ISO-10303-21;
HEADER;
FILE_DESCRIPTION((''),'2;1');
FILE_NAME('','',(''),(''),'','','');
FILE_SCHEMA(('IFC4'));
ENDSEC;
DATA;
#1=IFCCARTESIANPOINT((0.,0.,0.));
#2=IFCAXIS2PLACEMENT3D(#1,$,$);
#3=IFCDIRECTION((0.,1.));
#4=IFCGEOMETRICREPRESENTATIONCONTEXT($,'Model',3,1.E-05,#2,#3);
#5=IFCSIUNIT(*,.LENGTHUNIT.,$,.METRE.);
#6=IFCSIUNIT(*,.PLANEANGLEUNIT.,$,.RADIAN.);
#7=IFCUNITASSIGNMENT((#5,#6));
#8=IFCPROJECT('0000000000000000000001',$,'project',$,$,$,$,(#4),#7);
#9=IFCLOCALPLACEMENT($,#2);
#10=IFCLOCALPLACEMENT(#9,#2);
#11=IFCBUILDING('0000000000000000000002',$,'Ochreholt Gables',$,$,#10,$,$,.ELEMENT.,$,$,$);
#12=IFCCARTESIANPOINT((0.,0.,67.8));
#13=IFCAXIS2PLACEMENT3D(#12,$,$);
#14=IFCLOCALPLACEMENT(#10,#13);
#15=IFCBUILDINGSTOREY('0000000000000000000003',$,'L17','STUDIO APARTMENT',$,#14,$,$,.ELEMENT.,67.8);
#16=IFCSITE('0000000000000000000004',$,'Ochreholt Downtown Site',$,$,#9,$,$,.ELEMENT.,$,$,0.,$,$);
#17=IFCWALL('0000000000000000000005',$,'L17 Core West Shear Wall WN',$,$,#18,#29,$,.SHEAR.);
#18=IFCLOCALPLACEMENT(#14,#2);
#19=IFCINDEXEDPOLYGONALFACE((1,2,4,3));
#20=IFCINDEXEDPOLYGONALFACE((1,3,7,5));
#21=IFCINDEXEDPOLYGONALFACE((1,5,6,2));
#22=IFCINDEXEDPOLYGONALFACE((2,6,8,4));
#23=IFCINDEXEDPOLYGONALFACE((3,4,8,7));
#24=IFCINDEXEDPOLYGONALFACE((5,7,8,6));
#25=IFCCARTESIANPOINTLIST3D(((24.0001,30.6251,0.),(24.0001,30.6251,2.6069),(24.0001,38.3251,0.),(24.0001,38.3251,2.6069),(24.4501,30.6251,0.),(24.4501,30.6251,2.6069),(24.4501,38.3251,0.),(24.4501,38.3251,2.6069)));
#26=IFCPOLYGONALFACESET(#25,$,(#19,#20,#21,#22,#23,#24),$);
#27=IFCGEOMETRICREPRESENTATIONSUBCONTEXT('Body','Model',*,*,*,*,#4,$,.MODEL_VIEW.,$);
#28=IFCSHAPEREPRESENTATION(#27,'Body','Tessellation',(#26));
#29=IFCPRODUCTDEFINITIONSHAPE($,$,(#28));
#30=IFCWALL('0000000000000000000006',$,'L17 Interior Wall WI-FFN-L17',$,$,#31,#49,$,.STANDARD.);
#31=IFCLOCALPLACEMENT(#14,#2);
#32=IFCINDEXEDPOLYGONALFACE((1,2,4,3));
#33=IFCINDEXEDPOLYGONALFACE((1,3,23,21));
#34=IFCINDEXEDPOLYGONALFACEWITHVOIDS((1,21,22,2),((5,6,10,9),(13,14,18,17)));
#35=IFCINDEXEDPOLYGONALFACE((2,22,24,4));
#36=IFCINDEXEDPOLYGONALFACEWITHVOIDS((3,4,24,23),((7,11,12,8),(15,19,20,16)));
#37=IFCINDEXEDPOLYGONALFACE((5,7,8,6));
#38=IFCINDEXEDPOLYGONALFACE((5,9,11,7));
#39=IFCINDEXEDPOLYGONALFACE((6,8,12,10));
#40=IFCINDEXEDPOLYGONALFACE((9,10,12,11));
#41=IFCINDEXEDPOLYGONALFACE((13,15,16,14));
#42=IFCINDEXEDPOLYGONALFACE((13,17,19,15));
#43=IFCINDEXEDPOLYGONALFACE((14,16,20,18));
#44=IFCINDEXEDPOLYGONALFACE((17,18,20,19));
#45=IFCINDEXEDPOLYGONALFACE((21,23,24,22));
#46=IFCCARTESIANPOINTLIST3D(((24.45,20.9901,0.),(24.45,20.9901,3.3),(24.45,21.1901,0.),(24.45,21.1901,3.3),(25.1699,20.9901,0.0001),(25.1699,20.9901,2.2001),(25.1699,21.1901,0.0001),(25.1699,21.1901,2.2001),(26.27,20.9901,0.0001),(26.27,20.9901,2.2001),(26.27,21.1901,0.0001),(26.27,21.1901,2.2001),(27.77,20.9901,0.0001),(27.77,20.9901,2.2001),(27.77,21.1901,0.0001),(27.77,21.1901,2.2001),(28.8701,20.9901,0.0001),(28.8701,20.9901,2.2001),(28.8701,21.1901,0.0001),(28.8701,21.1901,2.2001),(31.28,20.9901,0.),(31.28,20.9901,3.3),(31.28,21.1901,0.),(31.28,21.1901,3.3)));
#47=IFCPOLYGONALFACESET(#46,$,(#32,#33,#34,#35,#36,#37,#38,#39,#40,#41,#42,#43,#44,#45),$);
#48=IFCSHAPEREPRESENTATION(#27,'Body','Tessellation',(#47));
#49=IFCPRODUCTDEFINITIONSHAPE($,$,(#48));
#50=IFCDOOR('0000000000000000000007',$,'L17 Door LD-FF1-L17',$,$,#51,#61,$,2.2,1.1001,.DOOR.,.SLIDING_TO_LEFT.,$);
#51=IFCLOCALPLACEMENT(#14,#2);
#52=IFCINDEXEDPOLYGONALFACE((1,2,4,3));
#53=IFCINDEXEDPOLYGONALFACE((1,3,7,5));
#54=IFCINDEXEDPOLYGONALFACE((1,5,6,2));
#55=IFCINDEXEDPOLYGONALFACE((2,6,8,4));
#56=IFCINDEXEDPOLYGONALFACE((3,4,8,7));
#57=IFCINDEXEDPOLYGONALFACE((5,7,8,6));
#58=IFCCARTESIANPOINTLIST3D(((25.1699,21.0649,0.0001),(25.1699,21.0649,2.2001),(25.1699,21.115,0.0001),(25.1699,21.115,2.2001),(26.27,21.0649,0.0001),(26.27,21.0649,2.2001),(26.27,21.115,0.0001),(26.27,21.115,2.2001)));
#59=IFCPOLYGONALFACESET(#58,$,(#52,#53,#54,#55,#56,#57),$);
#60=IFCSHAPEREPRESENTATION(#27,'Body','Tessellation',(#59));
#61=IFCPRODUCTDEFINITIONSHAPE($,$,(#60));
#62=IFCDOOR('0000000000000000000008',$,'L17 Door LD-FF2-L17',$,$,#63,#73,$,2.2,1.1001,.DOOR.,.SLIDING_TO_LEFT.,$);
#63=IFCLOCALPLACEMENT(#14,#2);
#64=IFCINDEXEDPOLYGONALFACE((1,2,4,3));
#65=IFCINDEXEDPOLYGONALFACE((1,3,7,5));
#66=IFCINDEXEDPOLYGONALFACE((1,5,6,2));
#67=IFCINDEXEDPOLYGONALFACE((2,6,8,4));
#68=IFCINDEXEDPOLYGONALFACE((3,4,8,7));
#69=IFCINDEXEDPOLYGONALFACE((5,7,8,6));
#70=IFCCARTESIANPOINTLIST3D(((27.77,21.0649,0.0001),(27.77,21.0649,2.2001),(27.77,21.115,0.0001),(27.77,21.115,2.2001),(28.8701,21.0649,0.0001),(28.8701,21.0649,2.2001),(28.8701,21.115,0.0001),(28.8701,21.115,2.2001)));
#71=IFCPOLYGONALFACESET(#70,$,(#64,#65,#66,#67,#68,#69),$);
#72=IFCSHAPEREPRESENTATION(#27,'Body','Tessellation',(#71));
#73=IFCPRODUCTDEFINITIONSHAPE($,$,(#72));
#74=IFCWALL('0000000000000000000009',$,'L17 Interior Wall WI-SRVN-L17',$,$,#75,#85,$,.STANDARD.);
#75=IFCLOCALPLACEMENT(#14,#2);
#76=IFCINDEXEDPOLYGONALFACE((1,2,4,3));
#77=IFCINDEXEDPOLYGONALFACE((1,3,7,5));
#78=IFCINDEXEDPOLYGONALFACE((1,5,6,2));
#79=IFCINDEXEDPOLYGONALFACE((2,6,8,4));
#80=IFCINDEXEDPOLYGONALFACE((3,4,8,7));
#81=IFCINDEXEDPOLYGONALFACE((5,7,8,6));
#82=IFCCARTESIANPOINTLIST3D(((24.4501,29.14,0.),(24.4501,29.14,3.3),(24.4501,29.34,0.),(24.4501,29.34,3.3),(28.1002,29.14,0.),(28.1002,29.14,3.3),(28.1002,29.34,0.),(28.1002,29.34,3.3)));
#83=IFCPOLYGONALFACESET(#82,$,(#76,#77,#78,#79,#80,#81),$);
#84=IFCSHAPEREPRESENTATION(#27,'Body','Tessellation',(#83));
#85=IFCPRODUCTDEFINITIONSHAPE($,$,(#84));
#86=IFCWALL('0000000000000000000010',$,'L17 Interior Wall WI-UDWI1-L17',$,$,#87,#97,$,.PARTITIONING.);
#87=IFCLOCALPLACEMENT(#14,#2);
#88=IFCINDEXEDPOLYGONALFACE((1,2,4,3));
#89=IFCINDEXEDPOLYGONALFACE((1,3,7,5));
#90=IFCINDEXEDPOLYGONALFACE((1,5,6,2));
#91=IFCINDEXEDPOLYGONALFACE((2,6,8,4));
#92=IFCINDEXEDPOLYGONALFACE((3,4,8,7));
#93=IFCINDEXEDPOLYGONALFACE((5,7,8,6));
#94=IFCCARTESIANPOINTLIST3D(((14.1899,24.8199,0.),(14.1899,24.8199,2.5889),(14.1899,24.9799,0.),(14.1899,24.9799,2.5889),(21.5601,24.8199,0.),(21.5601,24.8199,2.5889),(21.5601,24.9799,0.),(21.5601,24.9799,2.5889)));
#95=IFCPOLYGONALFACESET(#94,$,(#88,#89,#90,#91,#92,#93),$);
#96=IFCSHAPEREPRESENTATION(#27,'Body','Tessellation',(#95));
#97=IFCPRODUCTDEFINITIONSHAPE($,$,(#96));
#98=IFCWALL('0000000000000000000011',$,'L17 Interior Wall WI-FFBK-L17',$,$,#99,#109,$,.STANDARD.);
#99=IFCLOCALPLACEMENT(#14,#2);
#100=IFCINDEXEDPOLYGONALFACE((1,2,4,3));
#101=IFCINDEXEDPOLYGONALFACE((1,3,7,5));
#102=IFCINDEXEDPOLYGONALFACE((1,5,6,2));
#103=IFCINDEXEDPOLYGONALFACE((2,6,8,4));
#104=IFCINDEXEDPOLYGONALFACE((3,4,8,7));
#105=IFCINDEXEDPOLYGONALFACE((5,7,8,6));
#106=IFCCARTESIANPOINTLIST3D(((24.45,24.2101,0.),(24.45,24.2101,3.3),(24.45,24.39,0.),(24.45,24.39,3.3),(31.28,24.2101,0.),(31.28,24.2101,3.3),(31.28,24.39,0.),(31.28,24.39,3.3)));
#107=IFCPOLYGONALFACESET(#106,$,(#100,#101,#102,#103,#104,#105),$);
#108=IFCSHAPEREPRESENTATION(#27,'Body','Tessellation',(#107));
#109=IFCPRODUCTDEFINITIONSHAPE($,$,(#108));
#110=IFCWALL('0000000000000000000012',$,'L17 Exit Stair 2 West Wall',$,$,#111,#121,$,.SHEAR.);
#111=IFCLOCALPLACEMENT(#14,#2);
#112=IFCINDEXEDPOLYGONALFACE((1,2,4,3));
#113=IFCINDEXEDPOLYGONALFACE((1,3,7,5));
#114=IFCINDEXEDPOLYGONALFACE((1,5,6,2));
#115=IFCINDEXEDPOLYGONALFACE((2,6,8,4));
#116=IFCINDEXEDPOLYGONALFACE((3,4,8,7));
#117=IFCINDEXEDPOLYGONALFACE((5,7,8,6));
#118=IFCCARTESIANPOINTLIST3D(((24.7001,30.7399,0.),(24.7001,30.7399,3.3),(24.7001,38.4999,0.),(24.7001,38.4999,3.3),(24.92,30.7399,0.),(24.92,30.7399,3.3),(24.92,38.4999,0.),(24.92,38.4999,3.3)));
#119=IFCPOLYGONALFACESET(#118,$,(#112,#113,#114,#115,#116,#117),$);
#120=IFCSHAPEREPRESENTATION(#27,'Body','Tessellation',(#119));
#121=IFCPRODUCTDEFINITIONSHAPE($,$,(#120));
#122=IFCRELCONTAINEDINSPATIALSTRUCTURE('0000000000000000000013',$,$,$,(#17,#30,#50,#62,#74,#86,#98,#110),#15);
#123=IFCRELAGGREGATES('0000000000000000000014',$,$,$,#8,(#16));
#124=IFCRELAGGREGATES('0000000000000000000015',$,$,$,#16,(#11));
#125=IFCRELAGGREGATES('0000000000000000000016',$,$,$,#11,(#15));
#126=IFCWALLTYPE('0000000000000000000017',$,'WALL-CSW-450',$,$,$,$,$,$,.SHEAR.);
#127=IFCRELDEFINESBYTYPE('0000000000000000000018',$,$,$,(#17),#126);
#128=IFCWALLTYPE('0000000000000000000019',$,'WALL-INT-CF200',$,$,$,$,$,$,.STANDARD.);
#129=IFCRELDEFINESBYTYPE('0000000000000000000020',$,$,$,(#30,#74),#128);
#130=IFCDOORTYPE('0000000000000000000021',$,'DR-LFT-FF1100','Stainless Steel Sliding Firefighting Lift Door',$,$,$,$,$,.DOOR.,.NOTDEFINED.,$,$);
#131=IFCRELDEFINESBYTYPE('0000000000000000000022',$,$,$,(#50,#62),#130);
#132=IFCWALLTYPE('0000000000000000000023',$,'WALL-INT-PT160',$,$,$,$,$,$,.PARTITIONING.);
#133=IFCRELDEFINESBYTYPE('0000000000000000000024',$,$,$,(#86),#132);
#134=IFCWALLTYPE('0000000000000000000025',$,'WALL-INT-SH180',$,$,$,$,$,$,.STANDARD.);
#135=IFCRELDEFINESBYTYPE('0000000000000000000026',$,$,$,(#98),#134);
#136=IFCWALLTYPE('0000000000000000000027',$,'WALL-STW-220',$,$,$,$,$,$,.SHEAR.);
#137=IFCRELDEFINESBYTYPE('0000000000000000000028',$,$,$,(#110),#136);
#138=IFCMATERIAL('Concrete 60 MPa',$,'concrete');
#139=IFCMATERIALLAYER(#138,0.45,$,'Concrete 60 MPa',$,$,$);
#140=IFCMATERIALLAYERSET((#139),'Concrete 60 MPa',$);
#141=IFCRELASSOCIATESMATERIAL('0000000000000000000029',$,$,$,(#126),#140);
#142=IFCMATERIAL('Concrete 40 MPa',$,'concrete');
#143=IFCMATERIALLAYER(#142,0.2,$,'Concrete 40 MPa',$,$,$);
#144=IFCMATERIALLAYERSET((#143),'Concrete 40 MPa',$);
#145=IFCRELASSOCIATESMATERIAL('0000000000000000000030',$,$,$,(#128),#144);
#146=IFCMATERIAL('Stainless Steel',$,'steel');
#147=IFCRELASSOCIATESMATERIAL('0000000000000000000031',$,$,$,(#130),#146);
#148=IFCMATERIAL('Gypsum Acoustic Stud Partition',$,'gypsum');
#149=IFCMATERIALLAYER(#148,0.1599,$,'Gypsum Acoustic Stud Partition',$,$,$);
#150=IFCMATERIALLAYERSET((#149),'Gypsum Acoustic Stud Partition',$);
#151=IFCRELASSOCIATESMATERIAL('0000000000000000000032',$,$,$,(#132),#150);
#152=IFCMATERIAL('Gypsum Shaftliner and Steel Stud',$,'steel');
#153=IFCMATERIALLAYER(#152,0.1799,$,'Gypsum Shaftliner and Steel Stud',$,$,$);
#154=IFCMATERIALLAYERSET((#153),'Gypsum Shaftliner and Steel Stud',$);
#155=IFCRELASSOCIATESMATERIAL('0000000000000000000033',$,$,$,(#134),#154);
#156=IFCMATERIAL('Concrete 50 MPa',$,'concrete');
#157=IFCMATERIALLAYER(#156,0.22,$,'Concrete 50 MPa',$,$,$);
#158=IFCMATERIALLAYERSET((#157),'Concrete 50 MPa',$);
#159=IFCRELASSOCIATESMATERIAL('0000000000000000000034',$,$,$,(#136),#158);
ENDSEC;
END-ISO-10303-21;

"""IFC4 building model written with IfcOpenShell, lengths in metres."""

from ifc_helpers import new_model, si_unit, direction, frame, frame_2d, origin, place, context, subcontext, project, spatial, rectangle, extrude, material, layer, layer_set, type_object, element, fill, save


model = new_model("IFC4")

# Units and contexts
model_context = context("Model", 3, precision=1e-05, world=origin(), true_north=direction((0.0, 1.0)))
body_context = subcontext(model_context, "Body", "Model", "MODEL_VIEW")
ifc_project = project(units=[si_unit("LENGTHUNIT", "METRE"), si_unit("PLANEANGLEUNIT", "RADIAN")], contexts=[model_context])

# Site, building, storey
site_placement = place(None, origin())
site = spatial("IfcSite", under=ifc_project, at=site_placement, Name="Ochreholt Downtown Site", CompositionType="ELEMENT", RefElevation=0.0)
building_placement = place(site_placement, origin())
building = spatial("IfcBuilding", under=site, at=building_placement, Name="Ochreholt Gables", CompositionType="ELEMENT")
storey_placement = place(building_placement, frame((0.0, 0.0, 67.8)))
storey = spatial("IfcBuildingStorey", under=building, at=storey_placement, Name="L17", Description="STUDIO APARTMENT", CompositionType="ELEMENT", Elevation=67.8)

# Shared definitions
ifc_material_1 = material(Name="Concrete 60 MPa", Category="concrete")

# Wall
ifc_layer_1 = layer(ifc_material_1, 0.45, Name="Concrete 60 MPa")
ifc_layer_set_1 = layer_set([ifc_layer_1], Name="Concrete 60 MPa")
wall_type_1 = type_object("IfcWallType", Name="WALL-CSW-450", PredefinedType="SHEAR", material=ifc_layer_set_1)
wall_1_placement = place(storey_placement, frame((24.2251, 30.625, 0.0), z_axis=(0.0, 0.0, 1.0), x_axis=(0.0, 1.0, 0.0)))
element("IfcWall", 1, at=wall_1_placement, inside=storey, type_object=wall_type_1, Name="L17 Core West Shear Wall WN", PredefinedType="SHEAR", context=body_context, shape_type="SweptSolid", body=[
    extrude(rectangle(XDim=7.7, YDim=0.45, at=frame_2d((3.8501, 0.0))), origin(), (0.0, 0.0, 1.0), 2.6069),
])

# Wall, openings, doors
ifc_material_2 = material(Name="Concrete 40 MPa", Category="concrete")
ifc_layer_2 = layer(ifc_material_2, 0.2, Name="Concrete 40 MPa")
ifc_layer_set_2 = layer_set([ifc_layer_2], Name="Concrete 40 MPa")
wall_type_2 = type_object("IfcWallType", Name="WALL-INT-CF200", PredefinedType="STANDARD", material=ifc_layer_set_2)
wall_2_placement = place(storey_placement, frame((24.45, 21.0901, 0.0), z_axis=(0.0, 0.0, 1.0), x_axis=(1.0, 0.0, 0.0)))
wall_2 = element("IfcWall", 2, at=wall_2_placement, inside=storey, type_object=wall_type_2, Name="L17 Interior Wall WI-FFN-L17", PredefinedType="STANDARD", context=body_context, shape_type="SweptSolid", body=[
    extrude(rectangle(XDim=6.8301, YDim=0.2, at=frame_2d((3.415, 0.0))), origin(), (0.0, 0.0, 1.0), 3.3),
])
opening_1_placement = place(wall_2_placement, frame((0.72, 0.0, 0.0)))
opening_1 = element("IfcOpeningElement", 3, at=opening_1_placement, cuts=wall_2, PredefinedType="OPENING", context=body_context, shape_type="SweptSolid", body=[
    extrude(rectangle(XDim=1.1001, YDim=2.2, at=frame_2d((0.55, 1.1001))), frame((0.0, 0.1099, 0.0), z_axis=(0.0, -1.0, 0.0), x_axis=(1.0, 0.0, 0.0)), (0.0, 0.0, 1.0), 0.22),
])
opening_2_placement = place(wall_2_placement, frame((3.3201, 0.0, 0.0)))
opening_2 = element("IfcOpeningElement", 4, at=opening_2_placement, cuts=wall_2, PredefinedType="OPENING", context=body_context, shape_type="SweptSolid", body=[
    extrude(rectangle(XDim=1.1001, YDim=2.2, at=frame_2d((0.55, 1.1001))), frame((0.0, 0.1099, 0.0), z_axis=(0.0, -1.0, 0.0), x_axis=(1.0, 0.0, 0.0)), (0.0, 0.0, 1.0), 0.22),
])
ifc_material_3 = material(Name="Stainless Steel", Category="steel")
door_type_1 = type_object("IfcDoorType", Name="DR-LFT-FF1100", Description="Stainless Steel Sliding Firefighting Lift Door", OperationType="NOTDEFINED", PredefinedType="DOOR", material=ifc_material_3)
door_1_placement = place(opening_1_placement, origin())
door_1 = element("IfcDoor", 5, at=door_1_placement, inside=storey, type_object=door_type_1, Name="L17 Door LD-FF1-L17", OperationType="SLIDING_TO_LEFT", OverallHeight=2.2, OverallWidth=1.1001, PredefinedType="DOOR", context=body_context, shape_type="SweptSolid", body=[
    extrude(rectangle(XDim=1.1001, YDim=2.2, at=frame_2d((0.55, 1.1001))), frame((0.0, 0.0249, 0.0), z_axis=(0.0, -1.0, 0.0), x_axis=(1.0, 0.0, 0.0)), (0.0, 0.0, 1.0), 0.05),
])
fill(opening_1, door_1)
door_2_placement = place(opening_2_placement, origin())
door_2 = element("IfcDoor", 6, at=door_2_placement, inside=storey, type_object=door_type_1, Name="L17 Door LD-FF2-L17", OperationType="SLIDING_TO_LEFT", OverallHeight=2.2, OverallWidth=1.1001, PredefinedType="DOOR", context=body_context, shape_type="SweptSolid", body=[
    extrude(rectangle(XDim=1.1001, YDim=2.2, at=frame_2d((0.55, 1.1001))), frame((0.0, 0.0249, 0.0), z_axis=(0.0, -1.0, 0.0), x_axis=(1.0, 0.0, 0.0)), (0.0, 0.0, 1.0), 0.05),
])
fill(opening_2, door_2)

# Walls
wall_3_placement = place(storey_placement, frame((24.45, 29.24, 0.0), z_axis=(0.0, 0.0, 1.0), x_axis=(1.0, 0.0, 0.0)))
element("IfcWall", 7, at=wall_3_placement, inside=storey, type_object=wall_type_2, Name="L17 Interior Wall WI-SRVN-L17", PredefinedType="STANDARD", context=body_context, shape_type="SweptSolid", body=[
    extrude(rectangle(XDim=3.6501, YDim=0.2, at=frame_2d((1.8252, 0.0))), origin(), (0.0, 0.0, 1.0), 3.3),
])
ifc_material_4 = material(Name="Gypsum Acoustic Stud Partition", Category="gypsum")
ifc_layer_3 = layer(ifc_material_4, 0.1599, Name="Gypsum Acoustic Stud Partition")
ifc_layer_set_3 = layer_set([ifc_layer_3], Name="Gypsum Acoustic Stud Partition")
wall_type_3 = type_object("IfcWallType", Name="WALL-INT-PT160", PredefinedType="PARTITIONING", material=ifc_layer_set_3)
wall_4_placement = place(storey_placement, frame((14.1899, 24.8999, 0.0), z_axis=(0.0, 0.0, 1.0), x_axis=(1.0, 0.0, 0.0)))
element("IfcWall", 8, at=wall_4_placement, inside=storey, type_object=wall_type_3, Name="L17 Interior Wall WI-UDWI1-L17", PredefinedType="PARTITIONING", context=body_context, shape_type="SweptSolid", body=[
    extrude(rectangle(XDim=7.3701, YDim=0.1599, at=frame_2d((3.6851, 0.0))), origin(), (0.0, 0.0, 1.0), 2.5889),
])
ifc_material_5 = material(Name="Gypsum Shaftliner and Steel Stud", Category="steel")
ifc_layer_4 = layer(ifc_material_5, 0.1799, Name="Gypsum Shaftliner and Steel Stud")
ifc_layer_set_4 = layer_set([ifc_layer_4], Name="Gypsum Shaftliner and Steel Stud")
wall_type_4 = type_object("IfcWallType", Name="WALL-INT-SH180", PredefinedType="STANDARD", material=ifc_layer_set_4)
wall_5_placement = place(storey_placement, frame((24.45, 24.3, 0.0), z_axis=(0.0, 0.0, 1.0), x_axis=(1.0, 0.0, 0.0)))
element("IfcWall", 9, at=wall_5_placement, inside=storey, type_object=wall_type_4, Name="L17 Interior Wall WI-FFBK-L17", PredefinedType="STANDARD", context=body_context, shape_type="SweptSolid", body=[
    extrude(rectangle(XDim=6.8301, YDim=0.1799, at=frame_2d((3.415, 0.0))), origin(), (0.0, 0.0, 1.0), 3.3),
])
ifc_material_6 = material(Name="Concrete 50 MPa", Category="concrete")
ifc_layer_5 = layer(ifc_material_6, 0.22, Name="Concrete 50 MPa")
ifc_layer_set_5 = layer_set([ifc_layer_5], Name="Concrete 50 MPa")
wall_type_5 = type_object("IfcWallType", Name="WALL-STW-220", PredefinedType="SHEAR", material=ifc_layer_set_5)
wall_6_placement = place(storey_placement, frame((24.8101, 30.74, 0.0), z_axis=(0.0, 0.0, 1.0), x_axis=(0.0, 1.0, 0.0)))
element("IfcWall", 10, at=wall_6_placement, inside=storey, type_object=wall_type_5, Name="L17 Exit Stair 2 West Wall", PredefinedType="SHEAR", context=body_context, shape_type="SweptSolid", body=[
    extrude(rectangle(XDim=7.76, YDim=0.22, at=frame_2d((3.8799, 0.0))), origin(), (0.0, 0.0, 1.0), 3.3),
])

save(model, "model.ifc")
